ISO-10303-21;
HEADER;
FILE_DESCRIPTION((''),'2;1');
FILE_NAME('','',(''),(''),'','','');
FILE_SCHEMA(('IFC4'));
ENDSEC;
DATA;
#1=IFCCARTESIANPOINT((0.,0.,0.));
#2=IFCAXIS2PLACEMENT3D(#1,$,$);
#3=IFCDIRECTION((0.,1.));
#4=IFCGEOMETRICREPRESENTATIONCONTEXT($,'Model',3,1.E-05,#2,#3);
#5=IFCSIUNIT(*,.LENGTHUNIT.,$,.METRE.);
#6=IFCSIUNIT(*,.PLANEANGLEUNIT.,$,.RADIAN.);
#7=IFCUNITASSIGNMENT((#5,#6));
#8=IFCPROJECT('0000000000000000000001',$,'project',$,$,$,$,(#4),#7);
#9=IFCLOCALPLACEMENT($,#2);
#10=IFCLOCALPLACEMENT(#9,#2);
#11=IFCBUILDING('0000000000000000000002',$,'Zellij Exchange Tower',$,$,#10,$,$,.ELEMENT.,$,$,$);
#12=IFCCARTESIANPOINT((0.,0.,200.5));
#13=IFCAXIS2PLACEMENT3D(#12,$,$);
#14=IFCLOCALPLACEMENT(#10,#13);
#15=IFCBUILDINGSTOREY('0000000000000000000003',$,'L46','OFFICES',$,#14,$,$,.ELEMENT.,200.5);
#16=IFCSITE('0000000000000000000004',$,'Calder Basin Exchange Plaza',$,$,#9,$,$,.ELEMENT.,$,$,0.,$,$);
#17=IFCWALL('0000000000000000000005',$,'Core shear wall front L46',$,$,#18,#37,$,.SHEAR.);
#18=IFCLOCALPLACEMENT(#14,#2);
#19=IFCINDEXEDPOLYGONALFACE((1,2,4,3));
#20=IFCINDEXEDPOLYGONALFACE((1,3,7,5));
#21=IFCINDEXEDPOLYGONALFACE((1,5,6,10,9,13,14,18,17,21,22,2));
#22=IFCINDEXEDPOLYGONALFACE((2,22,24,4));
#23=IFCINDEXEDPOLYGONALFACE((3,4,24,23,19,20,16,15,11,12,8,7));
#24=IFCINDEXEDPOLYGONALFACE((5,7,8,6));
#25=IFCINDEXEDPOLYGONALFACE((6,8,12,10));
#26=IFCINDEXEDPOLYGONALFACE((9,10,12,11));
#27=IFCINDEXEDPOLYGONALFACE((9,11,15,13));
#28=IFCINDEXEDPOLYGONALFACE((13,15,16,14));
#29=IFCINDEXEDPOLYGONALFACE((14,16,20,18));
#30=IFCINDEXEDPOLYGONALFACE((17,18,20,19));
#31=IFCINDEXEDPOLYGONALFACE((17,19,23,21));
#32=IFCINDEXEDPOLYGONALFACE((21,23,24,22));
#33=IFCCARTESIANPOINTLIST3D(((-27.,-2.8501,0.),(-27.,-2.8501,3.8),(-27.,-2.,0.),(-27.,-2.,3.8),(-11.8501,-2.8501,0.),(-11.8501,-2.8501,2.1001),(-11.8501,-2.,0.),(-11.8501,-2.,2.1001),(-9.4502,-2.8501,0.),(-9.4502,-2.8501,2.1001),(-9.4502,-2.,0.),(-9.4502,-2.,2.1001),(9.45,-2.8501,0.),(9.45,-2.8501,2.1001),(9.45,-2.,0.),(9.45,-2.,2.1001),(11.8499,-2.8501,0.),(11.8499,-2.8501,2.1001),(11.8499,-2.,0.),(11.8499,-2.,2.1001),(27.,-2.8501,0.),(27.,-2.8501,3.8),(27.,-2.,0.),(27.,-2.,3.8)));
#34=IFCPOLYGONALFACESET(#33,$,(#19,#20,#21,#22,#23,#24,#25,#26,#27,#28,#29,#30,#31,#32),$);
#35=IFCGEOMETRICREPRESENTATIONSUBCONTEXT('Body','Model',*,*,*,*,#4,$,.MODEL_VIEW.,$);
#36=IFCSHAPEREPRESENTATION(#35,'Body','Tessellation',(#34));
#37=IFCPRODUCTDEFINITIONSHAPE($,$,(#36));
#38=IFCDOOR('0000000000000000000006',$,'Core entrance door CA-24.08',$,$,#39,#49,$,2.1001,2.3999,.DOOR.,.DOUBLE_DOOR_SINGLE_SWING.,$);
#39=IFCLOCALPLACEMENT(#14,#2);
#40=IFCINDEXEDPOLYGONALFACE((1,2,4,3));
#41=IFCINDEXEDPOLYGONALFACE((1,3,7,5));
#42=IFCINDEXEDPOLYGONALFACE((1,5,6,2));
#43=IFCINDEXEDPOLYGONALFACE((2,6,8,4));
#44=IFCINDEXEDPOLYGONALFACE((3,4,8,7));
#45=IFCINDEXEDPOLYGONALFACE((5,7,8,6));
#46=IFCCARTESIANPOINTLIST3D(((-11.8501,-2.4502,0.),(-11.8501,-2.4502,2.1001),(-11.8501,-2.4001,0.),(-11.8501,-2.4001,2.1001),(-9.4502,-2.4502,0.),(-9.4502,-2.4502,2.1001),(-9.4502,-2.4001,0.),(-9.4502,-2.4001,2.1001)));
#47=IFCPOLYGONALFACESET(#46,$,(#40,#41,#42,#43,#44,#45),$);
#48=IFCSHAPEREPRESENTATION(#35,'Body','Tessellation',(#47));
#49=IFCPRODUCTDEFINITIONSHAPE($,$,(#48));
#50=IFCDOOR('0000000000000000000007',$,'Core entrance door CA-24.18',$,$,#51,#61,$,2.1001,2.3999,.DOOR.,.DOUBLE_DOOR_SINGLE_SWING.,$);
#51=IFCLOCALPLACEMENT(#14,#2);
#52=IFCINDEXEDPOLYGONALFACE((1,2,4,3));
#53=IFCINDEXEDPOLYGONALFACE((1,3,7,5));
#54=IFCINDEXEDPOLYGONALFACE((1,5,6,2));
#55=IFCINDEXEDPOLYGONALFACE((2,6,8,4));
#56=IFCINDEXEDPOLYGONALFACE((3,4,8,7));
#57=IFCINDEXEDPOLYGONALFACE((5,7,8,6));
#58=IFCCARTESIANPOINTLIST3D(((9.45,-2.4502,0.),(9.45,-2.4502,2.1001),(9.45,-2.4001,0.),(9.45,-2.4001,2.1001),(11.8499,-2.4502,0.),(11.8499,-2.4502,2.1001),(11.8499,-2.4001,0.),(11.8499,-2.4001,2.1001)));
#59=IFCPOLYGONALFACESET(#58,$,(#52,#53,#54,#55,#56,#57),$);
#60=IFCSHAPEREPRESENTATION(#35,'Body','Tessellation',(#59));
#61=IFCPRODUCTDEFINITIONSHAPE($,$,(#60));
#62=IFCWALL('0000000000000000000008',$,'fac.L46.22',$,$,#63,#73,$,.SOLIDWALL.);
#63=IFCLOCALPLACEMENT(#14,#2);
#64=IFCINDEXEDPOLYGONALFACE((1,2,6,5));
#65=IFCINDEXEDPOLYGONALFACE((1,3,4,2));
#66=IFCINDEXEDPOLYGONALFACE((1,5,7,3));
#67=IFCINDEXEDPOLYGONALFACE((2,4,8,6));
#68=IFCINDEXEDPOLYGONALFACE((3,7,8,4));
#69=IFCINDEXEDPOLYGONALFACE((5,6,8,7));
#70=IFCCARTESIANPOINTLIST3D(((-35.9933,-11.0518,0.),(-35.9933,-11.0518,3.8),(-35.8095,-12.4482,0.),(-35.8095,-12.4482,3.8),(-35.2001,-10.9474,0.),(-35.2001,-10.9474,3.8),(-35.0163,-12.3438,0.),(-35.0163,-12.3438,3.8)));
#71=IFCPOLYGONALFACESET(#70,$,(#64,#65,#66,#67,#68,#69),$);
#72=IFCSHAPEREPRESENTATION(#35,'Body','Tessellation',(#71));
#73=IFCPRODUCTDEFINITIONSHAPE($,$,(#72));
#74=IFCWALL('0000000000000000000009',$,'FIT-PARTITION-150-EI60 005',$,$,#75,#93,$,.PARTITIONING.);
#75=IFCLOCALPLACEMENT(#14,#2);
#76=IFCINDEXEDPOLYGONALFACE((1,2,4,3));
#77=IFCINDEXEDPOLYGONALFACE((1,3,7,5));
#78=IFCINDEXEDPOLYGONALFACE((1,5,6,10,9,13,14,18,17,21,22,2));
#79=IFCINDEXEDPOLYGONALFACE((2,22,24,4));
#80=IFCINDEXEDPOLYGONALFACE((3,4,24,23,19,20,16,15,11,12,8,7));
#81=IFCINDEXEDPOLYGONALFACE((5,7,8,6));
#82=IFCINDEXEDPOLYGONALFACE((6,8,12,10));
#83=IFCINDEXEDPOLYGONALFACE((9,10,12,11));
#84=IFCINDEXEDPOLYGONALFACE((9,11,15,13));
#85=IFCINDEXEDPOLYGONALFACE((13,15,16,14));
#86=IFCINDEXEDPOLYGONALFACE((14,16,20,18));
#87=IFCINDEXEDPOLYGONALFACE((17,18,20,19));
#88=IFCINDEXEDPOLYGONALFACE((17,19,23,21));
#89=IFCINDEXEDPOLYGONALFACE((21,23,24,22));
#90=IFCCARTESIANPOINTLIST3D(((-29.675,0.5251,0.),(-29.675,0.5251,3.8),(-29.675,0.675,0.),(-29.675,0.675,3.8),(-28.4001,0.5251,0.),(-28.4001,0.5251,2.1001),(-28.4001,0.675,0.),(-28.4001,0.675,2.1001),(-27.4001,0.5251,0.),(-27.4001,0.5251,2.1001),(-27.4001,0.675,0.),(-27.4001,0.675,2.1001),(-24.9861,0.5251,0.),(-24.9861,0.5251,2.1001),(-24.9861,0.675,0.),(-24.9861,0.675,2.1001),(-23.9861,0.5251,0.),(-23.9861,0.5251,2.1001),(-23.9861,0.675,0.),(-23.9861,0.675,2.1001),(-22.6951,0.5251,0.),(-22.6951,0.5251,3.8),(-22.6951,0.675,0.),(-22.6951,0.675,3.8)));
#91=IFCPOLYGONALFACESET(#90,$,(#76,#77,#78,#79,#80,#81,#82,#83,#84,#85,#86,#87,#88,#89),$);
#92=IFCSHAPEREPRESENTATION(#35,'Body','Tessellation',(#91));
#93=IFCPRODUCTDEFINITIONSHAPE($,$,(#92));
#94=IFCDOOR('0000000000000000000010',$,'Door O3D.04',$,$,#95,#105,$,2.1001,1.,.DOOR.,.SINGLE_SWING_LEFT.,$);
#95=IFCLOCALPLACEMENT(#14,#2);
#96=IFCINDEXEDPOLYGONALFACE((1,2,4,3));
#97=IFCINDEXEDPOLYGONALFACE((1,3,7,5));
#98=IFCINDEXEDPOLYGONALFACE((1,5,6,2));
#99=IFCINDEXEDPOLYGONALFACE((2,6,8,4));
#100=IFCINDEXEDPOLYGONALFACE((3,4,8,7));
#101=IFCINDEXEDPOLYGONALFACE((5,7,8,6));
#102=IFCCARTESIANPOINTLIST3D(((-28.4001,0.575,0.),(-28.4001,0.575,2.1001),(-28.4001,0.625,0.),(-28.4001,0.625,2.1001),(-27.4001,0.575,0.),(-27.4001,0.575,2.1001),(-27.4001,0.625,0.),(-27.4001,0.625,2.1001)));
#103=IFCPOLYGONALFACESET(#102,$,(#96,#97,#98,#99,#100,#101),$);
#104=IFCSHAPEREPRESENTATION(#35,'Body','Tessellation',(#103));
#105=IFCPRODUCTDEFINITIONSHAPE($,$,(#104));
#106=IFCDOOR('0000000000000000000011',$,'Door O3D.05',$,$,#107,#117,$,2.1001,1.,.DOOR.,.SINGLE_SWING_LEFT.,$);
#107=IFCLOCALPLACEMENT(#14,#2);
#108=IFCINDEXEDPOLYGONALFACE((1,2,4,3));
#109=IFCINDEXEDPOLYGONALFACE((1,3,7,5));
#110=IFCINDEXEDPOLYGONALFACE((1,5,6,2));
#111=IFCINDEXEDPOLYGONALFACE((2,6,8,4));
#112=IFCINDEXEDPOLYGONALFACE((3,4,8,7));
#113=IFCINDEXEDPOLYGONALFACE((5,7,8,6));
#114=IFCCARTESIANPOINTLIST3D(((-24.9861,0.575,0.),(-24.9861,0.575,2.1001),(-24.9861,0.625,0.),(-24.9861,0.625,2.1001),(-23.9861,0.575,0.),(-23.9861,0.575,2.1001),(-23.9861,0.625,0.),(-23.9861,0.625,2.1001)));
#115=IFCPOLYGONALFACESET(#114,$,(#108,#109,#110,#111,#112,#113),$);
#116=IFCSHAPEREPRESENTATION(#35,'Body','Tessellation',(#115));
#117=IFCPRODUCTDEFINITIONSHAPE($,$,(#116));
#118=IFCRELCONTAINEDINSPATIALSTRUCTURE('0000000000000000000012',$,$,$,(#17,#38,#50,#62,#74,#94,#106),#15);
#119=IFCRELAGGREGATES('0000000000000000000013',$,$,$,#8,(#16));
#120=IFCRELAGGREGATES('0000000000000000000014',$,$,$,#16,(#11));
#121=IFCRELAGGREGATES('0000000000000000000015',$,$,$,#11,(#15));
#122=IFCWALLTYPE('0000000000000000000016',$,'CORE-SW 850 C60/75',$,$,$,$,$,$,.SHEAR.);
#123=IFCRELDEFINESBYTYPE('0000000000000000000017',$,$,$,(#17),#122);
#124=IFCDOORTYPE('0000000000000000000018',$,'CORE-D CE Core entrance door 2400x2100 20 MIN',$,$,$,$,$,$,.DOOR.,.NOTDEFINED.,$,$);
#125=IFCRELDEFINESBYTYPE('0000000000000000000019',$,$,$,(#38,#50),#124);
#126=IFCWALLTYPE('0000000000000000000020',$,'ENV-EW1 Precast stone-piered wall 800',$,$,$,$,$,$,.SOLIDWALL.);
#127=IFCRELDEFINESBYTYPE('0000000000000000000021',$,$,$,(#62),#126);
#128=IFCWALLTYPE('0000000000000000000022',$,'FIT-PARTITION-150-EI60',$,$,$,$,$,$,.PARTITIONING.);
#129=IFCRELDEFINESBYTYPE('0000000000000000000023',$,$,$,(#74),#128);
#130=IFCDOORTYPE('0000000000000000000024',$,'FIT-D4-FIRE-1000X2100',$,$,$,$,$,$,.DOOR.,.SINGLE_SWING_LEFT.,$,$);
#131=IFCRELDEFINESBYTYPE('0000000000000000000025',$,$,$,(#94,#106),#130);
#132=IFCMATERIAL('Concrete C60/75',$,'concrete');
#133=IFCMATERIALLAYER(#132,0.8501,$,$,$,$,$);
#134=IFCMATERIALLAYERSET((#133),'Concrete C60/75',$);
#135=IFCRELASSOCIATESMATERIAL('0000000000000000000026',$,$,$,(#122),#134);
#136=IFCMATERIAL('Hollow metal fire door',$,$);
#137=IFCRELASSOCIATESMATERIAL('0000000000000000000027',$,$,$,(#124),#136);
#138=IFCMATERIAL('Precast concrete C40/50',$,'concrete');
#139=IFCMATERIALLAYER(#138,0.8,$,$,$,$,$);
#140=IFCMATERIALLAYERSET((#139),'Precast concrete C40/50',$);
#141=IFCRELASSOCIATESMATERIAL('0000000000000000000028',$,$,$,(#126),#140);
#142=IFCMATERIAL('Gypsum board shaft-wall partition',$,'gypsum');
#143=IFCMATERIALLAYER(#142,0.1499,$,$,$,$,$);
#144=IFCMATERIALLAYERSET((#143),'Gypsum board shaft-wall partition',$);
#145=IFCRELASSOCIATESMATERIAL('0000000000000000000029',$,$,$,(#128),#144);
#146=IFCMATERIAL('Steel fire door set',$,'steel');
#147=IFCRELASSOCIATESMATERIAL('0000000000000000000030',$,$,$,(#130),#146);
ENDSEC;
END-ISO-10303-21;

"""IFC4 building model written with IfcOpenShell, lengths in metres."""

from ifc_helpers import new_model, si_unit, direction, frame, frame_2d, origin, place, context, subcontext, project, spatial, rectangle, extrude, material, layer, layer_set, type_object, element, fill, save


model = new_model("IFC4")

# Units and contexts
model_context = context("Model", 3, precision=1e-05, world=origin(), true_north=direction((0.0, 1.0)))
body_context = subcontext(model_context, "Body", "Model", "MODEL_VIEW")
ifc_project = project(units=[si_unit("LENGTHUNIT", "METRE"), si_unit("PLANEANGLEUNIT", "RADIAN")], contexts=[model_context])

# Site, building, storey
site_placement = place(None, origin())
site = spatial("IfcSite", under=ifc_project, at=site_placement, Name="Calder Basin Exchange Plaza", CompositionType="ELEMENT", RefElevation=0.0)
building_placement = place(site_placement, origin())
building = spatial("IfcBuilding", under=site, at=building_placement, Name="Zellij Exchange Tower", CompositionType="ELEMENT")
storey_placement = place(building_placement, frame((0.0, 0.0, 200.5)))
storey = spatial("IfcBuildingStorey", under=building, at=storey_placement, Name="L46", Description="OFFICES", CompositionType="ELEMENT", Elevation=200.5)

# Shared definitions
ifc_material_1 = material(Name="Concrete C60/75", Category="concrete")

# Wall, openings, doors
ifc_layer_1 = layer(ifc_material_1, 0.8501)
ifc_layer_set_1 = layer_set([ifc_layer_1], Name="Concrete C60/75")
wall_type_1 = type_object("IfcWallType", Name="CORE-SW 850 C60/75", PredefinedType="SHEAR", material=ifc_layer_set_1)
wall_1_placement = place(storey_placement, frame((-27.0, -2.425, 0.0), z_axis=(0.0, 0.0, 1.0), x_axis=(1.0, 0.0, 0.0)))
wall_1 = element("IfcWall", 1, at=wall_1_placement, inside=storey, type_object=wall_type_1, Name="Core shear wall front L46", PredefinedType="SHEAR", context=body_context, shape_type="SweptSolid", body=[
    extrude(rectangle(XDim=54.0, YDim=0.8501, at=frame_2d((27.0, 0.0))), origin(), (0.0, 0.0, 1.0), 3.8),
])
opening_1_placement = place(wall_1_placement, frame((15.1499, 0.0, 0.0)))
opening_1 = element("IfcOpeningElement", 2, at=opening_1_placement, cuts=wall_1, PredefinedType="OPENING", context=body_context, shape_type="SweptSolid", body=[
    extrude(rectangle(XDim=2.3999, YDim=2.1001, at=frame_2d((1.2, 1.05))), frame((0.0, 0.437, 0.0), z_axis=(0.0, -1.0, 0.0), x_axis=(1.0, 0.0, 0.0)), (0.0, 0.0, 1.0), 0.874),
])
opening_2_placement = place(wall_1_placement, frame((36.45, 0.0, 0.0)))
opening_2 = element("IfcOpeningElement", 3, at=opening_2_placement, cuts=wall_1, PredefinedType="OPENING", context=body_context, shape_type="SweptSolid", body=[
    extrude(rectangle(XDim=2.3999, YDim=2.1001, at=frame_2d((1.2, 1.05))), frame((0.0, 0.437, 0.0), z_axis=(0.0, -1.0, 0.0), x_axis=(1.0, 0.0, 0.0)), (0.0, 0.0, 1.0), 0.874),
])
ifc_material_2 = material(Name="Hollow metal fire door")
door_type_1 = type_object("IfcDoorType", Name="CORE-D CE Core entrance door 2400x2100 20 MIN", OperationType="NOTDEFINED", PredefinedType="DOOR", material=ifc_material_2)
door_1_placement = place(opening_1_placement, origin())
door_1 = element("IfcDoor", 4, at=door_1_placement, inside=storey, type_object=door_type_1, Name="Core entrance door CA-24.08", OperationType="DOUBLE_DOOR_SINGLE_SWING", OverallHeight=2.1001, OverallWidth=2.3999, PredefinedType="DOOR", context=body_context, shape_type="SweptSolid", body=[
    extrude(rectangle(XDim=2.3999, YDim=2.1001, at=frame_2d((1.2, 1.05))), frame((0.0, 0.0249, 0.0), z_axis=(0.0, -1.0, 0.0), x_axis=(1.0, 0.0, 0.0)), (0.0, 0.0, 1.0), 0.05),
])
fill(opening_1, door_1)
door_2_placement = place(opening_2_placement, origin())
door_2 = element("IfcDoor", 5, at=door_2_placement, inside=storey, type_object=door_type_1, Name="Core entrance door CA-24.18", OperationType="DOUBLE_DOOR_SINGLE_SWING", OverallHeight=2.1001, OverallWidth=2.3999, PredefinedType="DOOR", context=body_context, shape_type="SweptSolid", body=[
    extrude(rectangle(XDim=2.3999, YDim=2.1001, at=frame_2d((1.2, 1.05))), frame((0.0, 0.0249, 0.0), z_axis=(0.0, -1.0, 0.0), x_axis=(1.0, 0.0, 0.0)), (0.0, 0.0, 1.0), 0.05),
])
fill(opening_2, door_2)

# Wall
ifc_material_3 = material(Name="Precast concrete C40/50", Category="concrete")
ifc_layer_2 = layer(ifc_material_3, 0.8)
ifc_layer_set_2 = layer_set([ifc_layer_2], Name="Precast concrete C40/50")
wall_type_2 = type_object("IfcWallType", Name="ENV-EW1 Precast stone-piered wall 800", PredefinedType="SOLIDWALL", material=ifc_layer_set_2)
wall_2_placement = place(storey_placement, frame((-35.5967, -10.9998, 0.0), z_axis=(0.0, 0.0, 1.0), x_axis=(0.130517, -0.991446, 0.0)))
element("IfcWall", 6, at=wall_2_placement, inside=storey, type_object=wall_type_2, Name="fac.L46.22", PredefinedType="SOLIDWALL", context=body_context, shape_type="SweptSolid", body=[
    extrude(rectangle(XDim=1.4084, YDim=0.8, at=frame_2d((0.7041, 0.0))), origin(), (0.0, 0.0, 1.0), 3.8),
])

# Wall, openings, doors
ifc_material_4 = material(Name="Gypsum board shaft-wall partition", Category="gypsum")
ifc_layer_3 = layer(ifc_material_4, 0.1499)
ifc_layer_set_3 = layer_set([ifc_layer_3], Name="Gypsum board shaft-wall partition")
wall_type_3 = type_object("IfcWallType", Name="FIT-PARTITION-150-EI60", PredefinedType="PARTITIONING", material=ifc_layer_set_3)
wall_3_placement = place(storey_placement, frame((-29.675, 0.6001, 0.0), z_axis=(0.0, 0.0, 1.0), x_axis=(1.0, 0.0, 0.0)))
wall_3 = element("IfcWall", 7, at=wall_3_placement, inside=storey, type_object=wall_type_3, Name="FIT-PARTITION-150-EI60 005", PredefinedType="PARTITIONING", context=body_context, shape_type="SweptSolid", body=[
    extrude(rectangle(XDim=6.98, YDim=0.1499, at=frame_2d((3.49, 0.0))), origin(), (0.0, 0.0, 1.0), 3.8),
])
opening_3_placement = place(wall_3_placement, frame((1.2749, 0.0, 0.0)))
opening_3 = element("IfcOpeningElement", 8, at=opening_3_placement, cuts=wall_3, PredefinedType="OPENING", context=body_context, shape_type="SweptSolid", body=[
    extrude(rectangle(XDim=1.0, YDim=2.1001, at=frame_2d((0.5, 1.05))), frame((0.0, 0.0869, 0.0), z_axis=(0.0, -1.0, 0.0), x_axis=(1.0, 0.0, 0.0)), (0.0, 0.0, 1.0), 0.1738),
])
opening_4_placement = place(wall_3_placement, frame((4.689, 0.0, 0.0)))
opening_4 = element("IfcOpeningElement", 9, at=opening_4_placement, cuts=wall_3, PredefinedType="OPENING", context=body_context, shape_type="SweptSolid", body=[
    extrude(rectangle(XDim=1.0, YDim=2.1001, at=frame_2d((0.5, 1.05))), frame((0.0, 0.0869, 0.0), z_axis=(0.0, -1.0, 0.0), x_axis=(1.0, 0.0, 0.0)), (0.0, 0.0, 1.0), 0.1738),
])
ifc_material_5 = material(Name="Steel fire door set", Category="steel")
door_type_2 = type_object("IfcDoorType", Name="FIT-D4-FIRE-1000X2100", OperationType="SINGLE_SWING_LEFT", PredefinedType="DOOR", material=ifc_material_5)
door_3_placement = place(opening_3_placement, origin())
door_3 = element("IfcDoor", 10, at=door_3_placement, inside=storey, type_object=door_type_2, Name="Door O3D.04", OperationType="SINGLE_SWING_LEFT", OverallHeight=2.1001, OverallWidth=1.0, PredefinedType="DOOR", context=body_context, shape_type="SweptSolid", body=[
    extrude(rectangle(XDim=1.0, YDim=2.1001, at=frame_2d((0.5, 1.05))), frame((0.0, 0.0249, 0.0), z_axis=(0.0, -1.0, 0.0), x_axis=(1.0, 0.0, 0.0)), (0.0, 0.0, 1.0), 0.05),
])
fill(opening_3, door_3)
door_4_placement = place(opening_4_placement, origin())
door_4 = element("IfcDoor", 11, at=door_4_placement, inside=storey, type_object=door_type_2, Name="Door O3D.05", OperationType="SINGLE_SWING_LEFT", OverallHeight=2.1001, OverallWidth=1.0, PredefinedType="DOOR", context=body_context, shape_type="SweptSolid", body=[
    extrude(rectangle(XDim=1.0, YDim=2.1001, at=frame_2d((0.5, 1.05))), frame((0.0, 0.0249, 0.0), z_axis=(0.0, -1.0, 0.0), x_axis=(1.0, 0.0, 0.0)), (0.0, 0.0, 1.0), 0.05),
])
fill(opening_4, door_4)

save(model, "model.ifc")
